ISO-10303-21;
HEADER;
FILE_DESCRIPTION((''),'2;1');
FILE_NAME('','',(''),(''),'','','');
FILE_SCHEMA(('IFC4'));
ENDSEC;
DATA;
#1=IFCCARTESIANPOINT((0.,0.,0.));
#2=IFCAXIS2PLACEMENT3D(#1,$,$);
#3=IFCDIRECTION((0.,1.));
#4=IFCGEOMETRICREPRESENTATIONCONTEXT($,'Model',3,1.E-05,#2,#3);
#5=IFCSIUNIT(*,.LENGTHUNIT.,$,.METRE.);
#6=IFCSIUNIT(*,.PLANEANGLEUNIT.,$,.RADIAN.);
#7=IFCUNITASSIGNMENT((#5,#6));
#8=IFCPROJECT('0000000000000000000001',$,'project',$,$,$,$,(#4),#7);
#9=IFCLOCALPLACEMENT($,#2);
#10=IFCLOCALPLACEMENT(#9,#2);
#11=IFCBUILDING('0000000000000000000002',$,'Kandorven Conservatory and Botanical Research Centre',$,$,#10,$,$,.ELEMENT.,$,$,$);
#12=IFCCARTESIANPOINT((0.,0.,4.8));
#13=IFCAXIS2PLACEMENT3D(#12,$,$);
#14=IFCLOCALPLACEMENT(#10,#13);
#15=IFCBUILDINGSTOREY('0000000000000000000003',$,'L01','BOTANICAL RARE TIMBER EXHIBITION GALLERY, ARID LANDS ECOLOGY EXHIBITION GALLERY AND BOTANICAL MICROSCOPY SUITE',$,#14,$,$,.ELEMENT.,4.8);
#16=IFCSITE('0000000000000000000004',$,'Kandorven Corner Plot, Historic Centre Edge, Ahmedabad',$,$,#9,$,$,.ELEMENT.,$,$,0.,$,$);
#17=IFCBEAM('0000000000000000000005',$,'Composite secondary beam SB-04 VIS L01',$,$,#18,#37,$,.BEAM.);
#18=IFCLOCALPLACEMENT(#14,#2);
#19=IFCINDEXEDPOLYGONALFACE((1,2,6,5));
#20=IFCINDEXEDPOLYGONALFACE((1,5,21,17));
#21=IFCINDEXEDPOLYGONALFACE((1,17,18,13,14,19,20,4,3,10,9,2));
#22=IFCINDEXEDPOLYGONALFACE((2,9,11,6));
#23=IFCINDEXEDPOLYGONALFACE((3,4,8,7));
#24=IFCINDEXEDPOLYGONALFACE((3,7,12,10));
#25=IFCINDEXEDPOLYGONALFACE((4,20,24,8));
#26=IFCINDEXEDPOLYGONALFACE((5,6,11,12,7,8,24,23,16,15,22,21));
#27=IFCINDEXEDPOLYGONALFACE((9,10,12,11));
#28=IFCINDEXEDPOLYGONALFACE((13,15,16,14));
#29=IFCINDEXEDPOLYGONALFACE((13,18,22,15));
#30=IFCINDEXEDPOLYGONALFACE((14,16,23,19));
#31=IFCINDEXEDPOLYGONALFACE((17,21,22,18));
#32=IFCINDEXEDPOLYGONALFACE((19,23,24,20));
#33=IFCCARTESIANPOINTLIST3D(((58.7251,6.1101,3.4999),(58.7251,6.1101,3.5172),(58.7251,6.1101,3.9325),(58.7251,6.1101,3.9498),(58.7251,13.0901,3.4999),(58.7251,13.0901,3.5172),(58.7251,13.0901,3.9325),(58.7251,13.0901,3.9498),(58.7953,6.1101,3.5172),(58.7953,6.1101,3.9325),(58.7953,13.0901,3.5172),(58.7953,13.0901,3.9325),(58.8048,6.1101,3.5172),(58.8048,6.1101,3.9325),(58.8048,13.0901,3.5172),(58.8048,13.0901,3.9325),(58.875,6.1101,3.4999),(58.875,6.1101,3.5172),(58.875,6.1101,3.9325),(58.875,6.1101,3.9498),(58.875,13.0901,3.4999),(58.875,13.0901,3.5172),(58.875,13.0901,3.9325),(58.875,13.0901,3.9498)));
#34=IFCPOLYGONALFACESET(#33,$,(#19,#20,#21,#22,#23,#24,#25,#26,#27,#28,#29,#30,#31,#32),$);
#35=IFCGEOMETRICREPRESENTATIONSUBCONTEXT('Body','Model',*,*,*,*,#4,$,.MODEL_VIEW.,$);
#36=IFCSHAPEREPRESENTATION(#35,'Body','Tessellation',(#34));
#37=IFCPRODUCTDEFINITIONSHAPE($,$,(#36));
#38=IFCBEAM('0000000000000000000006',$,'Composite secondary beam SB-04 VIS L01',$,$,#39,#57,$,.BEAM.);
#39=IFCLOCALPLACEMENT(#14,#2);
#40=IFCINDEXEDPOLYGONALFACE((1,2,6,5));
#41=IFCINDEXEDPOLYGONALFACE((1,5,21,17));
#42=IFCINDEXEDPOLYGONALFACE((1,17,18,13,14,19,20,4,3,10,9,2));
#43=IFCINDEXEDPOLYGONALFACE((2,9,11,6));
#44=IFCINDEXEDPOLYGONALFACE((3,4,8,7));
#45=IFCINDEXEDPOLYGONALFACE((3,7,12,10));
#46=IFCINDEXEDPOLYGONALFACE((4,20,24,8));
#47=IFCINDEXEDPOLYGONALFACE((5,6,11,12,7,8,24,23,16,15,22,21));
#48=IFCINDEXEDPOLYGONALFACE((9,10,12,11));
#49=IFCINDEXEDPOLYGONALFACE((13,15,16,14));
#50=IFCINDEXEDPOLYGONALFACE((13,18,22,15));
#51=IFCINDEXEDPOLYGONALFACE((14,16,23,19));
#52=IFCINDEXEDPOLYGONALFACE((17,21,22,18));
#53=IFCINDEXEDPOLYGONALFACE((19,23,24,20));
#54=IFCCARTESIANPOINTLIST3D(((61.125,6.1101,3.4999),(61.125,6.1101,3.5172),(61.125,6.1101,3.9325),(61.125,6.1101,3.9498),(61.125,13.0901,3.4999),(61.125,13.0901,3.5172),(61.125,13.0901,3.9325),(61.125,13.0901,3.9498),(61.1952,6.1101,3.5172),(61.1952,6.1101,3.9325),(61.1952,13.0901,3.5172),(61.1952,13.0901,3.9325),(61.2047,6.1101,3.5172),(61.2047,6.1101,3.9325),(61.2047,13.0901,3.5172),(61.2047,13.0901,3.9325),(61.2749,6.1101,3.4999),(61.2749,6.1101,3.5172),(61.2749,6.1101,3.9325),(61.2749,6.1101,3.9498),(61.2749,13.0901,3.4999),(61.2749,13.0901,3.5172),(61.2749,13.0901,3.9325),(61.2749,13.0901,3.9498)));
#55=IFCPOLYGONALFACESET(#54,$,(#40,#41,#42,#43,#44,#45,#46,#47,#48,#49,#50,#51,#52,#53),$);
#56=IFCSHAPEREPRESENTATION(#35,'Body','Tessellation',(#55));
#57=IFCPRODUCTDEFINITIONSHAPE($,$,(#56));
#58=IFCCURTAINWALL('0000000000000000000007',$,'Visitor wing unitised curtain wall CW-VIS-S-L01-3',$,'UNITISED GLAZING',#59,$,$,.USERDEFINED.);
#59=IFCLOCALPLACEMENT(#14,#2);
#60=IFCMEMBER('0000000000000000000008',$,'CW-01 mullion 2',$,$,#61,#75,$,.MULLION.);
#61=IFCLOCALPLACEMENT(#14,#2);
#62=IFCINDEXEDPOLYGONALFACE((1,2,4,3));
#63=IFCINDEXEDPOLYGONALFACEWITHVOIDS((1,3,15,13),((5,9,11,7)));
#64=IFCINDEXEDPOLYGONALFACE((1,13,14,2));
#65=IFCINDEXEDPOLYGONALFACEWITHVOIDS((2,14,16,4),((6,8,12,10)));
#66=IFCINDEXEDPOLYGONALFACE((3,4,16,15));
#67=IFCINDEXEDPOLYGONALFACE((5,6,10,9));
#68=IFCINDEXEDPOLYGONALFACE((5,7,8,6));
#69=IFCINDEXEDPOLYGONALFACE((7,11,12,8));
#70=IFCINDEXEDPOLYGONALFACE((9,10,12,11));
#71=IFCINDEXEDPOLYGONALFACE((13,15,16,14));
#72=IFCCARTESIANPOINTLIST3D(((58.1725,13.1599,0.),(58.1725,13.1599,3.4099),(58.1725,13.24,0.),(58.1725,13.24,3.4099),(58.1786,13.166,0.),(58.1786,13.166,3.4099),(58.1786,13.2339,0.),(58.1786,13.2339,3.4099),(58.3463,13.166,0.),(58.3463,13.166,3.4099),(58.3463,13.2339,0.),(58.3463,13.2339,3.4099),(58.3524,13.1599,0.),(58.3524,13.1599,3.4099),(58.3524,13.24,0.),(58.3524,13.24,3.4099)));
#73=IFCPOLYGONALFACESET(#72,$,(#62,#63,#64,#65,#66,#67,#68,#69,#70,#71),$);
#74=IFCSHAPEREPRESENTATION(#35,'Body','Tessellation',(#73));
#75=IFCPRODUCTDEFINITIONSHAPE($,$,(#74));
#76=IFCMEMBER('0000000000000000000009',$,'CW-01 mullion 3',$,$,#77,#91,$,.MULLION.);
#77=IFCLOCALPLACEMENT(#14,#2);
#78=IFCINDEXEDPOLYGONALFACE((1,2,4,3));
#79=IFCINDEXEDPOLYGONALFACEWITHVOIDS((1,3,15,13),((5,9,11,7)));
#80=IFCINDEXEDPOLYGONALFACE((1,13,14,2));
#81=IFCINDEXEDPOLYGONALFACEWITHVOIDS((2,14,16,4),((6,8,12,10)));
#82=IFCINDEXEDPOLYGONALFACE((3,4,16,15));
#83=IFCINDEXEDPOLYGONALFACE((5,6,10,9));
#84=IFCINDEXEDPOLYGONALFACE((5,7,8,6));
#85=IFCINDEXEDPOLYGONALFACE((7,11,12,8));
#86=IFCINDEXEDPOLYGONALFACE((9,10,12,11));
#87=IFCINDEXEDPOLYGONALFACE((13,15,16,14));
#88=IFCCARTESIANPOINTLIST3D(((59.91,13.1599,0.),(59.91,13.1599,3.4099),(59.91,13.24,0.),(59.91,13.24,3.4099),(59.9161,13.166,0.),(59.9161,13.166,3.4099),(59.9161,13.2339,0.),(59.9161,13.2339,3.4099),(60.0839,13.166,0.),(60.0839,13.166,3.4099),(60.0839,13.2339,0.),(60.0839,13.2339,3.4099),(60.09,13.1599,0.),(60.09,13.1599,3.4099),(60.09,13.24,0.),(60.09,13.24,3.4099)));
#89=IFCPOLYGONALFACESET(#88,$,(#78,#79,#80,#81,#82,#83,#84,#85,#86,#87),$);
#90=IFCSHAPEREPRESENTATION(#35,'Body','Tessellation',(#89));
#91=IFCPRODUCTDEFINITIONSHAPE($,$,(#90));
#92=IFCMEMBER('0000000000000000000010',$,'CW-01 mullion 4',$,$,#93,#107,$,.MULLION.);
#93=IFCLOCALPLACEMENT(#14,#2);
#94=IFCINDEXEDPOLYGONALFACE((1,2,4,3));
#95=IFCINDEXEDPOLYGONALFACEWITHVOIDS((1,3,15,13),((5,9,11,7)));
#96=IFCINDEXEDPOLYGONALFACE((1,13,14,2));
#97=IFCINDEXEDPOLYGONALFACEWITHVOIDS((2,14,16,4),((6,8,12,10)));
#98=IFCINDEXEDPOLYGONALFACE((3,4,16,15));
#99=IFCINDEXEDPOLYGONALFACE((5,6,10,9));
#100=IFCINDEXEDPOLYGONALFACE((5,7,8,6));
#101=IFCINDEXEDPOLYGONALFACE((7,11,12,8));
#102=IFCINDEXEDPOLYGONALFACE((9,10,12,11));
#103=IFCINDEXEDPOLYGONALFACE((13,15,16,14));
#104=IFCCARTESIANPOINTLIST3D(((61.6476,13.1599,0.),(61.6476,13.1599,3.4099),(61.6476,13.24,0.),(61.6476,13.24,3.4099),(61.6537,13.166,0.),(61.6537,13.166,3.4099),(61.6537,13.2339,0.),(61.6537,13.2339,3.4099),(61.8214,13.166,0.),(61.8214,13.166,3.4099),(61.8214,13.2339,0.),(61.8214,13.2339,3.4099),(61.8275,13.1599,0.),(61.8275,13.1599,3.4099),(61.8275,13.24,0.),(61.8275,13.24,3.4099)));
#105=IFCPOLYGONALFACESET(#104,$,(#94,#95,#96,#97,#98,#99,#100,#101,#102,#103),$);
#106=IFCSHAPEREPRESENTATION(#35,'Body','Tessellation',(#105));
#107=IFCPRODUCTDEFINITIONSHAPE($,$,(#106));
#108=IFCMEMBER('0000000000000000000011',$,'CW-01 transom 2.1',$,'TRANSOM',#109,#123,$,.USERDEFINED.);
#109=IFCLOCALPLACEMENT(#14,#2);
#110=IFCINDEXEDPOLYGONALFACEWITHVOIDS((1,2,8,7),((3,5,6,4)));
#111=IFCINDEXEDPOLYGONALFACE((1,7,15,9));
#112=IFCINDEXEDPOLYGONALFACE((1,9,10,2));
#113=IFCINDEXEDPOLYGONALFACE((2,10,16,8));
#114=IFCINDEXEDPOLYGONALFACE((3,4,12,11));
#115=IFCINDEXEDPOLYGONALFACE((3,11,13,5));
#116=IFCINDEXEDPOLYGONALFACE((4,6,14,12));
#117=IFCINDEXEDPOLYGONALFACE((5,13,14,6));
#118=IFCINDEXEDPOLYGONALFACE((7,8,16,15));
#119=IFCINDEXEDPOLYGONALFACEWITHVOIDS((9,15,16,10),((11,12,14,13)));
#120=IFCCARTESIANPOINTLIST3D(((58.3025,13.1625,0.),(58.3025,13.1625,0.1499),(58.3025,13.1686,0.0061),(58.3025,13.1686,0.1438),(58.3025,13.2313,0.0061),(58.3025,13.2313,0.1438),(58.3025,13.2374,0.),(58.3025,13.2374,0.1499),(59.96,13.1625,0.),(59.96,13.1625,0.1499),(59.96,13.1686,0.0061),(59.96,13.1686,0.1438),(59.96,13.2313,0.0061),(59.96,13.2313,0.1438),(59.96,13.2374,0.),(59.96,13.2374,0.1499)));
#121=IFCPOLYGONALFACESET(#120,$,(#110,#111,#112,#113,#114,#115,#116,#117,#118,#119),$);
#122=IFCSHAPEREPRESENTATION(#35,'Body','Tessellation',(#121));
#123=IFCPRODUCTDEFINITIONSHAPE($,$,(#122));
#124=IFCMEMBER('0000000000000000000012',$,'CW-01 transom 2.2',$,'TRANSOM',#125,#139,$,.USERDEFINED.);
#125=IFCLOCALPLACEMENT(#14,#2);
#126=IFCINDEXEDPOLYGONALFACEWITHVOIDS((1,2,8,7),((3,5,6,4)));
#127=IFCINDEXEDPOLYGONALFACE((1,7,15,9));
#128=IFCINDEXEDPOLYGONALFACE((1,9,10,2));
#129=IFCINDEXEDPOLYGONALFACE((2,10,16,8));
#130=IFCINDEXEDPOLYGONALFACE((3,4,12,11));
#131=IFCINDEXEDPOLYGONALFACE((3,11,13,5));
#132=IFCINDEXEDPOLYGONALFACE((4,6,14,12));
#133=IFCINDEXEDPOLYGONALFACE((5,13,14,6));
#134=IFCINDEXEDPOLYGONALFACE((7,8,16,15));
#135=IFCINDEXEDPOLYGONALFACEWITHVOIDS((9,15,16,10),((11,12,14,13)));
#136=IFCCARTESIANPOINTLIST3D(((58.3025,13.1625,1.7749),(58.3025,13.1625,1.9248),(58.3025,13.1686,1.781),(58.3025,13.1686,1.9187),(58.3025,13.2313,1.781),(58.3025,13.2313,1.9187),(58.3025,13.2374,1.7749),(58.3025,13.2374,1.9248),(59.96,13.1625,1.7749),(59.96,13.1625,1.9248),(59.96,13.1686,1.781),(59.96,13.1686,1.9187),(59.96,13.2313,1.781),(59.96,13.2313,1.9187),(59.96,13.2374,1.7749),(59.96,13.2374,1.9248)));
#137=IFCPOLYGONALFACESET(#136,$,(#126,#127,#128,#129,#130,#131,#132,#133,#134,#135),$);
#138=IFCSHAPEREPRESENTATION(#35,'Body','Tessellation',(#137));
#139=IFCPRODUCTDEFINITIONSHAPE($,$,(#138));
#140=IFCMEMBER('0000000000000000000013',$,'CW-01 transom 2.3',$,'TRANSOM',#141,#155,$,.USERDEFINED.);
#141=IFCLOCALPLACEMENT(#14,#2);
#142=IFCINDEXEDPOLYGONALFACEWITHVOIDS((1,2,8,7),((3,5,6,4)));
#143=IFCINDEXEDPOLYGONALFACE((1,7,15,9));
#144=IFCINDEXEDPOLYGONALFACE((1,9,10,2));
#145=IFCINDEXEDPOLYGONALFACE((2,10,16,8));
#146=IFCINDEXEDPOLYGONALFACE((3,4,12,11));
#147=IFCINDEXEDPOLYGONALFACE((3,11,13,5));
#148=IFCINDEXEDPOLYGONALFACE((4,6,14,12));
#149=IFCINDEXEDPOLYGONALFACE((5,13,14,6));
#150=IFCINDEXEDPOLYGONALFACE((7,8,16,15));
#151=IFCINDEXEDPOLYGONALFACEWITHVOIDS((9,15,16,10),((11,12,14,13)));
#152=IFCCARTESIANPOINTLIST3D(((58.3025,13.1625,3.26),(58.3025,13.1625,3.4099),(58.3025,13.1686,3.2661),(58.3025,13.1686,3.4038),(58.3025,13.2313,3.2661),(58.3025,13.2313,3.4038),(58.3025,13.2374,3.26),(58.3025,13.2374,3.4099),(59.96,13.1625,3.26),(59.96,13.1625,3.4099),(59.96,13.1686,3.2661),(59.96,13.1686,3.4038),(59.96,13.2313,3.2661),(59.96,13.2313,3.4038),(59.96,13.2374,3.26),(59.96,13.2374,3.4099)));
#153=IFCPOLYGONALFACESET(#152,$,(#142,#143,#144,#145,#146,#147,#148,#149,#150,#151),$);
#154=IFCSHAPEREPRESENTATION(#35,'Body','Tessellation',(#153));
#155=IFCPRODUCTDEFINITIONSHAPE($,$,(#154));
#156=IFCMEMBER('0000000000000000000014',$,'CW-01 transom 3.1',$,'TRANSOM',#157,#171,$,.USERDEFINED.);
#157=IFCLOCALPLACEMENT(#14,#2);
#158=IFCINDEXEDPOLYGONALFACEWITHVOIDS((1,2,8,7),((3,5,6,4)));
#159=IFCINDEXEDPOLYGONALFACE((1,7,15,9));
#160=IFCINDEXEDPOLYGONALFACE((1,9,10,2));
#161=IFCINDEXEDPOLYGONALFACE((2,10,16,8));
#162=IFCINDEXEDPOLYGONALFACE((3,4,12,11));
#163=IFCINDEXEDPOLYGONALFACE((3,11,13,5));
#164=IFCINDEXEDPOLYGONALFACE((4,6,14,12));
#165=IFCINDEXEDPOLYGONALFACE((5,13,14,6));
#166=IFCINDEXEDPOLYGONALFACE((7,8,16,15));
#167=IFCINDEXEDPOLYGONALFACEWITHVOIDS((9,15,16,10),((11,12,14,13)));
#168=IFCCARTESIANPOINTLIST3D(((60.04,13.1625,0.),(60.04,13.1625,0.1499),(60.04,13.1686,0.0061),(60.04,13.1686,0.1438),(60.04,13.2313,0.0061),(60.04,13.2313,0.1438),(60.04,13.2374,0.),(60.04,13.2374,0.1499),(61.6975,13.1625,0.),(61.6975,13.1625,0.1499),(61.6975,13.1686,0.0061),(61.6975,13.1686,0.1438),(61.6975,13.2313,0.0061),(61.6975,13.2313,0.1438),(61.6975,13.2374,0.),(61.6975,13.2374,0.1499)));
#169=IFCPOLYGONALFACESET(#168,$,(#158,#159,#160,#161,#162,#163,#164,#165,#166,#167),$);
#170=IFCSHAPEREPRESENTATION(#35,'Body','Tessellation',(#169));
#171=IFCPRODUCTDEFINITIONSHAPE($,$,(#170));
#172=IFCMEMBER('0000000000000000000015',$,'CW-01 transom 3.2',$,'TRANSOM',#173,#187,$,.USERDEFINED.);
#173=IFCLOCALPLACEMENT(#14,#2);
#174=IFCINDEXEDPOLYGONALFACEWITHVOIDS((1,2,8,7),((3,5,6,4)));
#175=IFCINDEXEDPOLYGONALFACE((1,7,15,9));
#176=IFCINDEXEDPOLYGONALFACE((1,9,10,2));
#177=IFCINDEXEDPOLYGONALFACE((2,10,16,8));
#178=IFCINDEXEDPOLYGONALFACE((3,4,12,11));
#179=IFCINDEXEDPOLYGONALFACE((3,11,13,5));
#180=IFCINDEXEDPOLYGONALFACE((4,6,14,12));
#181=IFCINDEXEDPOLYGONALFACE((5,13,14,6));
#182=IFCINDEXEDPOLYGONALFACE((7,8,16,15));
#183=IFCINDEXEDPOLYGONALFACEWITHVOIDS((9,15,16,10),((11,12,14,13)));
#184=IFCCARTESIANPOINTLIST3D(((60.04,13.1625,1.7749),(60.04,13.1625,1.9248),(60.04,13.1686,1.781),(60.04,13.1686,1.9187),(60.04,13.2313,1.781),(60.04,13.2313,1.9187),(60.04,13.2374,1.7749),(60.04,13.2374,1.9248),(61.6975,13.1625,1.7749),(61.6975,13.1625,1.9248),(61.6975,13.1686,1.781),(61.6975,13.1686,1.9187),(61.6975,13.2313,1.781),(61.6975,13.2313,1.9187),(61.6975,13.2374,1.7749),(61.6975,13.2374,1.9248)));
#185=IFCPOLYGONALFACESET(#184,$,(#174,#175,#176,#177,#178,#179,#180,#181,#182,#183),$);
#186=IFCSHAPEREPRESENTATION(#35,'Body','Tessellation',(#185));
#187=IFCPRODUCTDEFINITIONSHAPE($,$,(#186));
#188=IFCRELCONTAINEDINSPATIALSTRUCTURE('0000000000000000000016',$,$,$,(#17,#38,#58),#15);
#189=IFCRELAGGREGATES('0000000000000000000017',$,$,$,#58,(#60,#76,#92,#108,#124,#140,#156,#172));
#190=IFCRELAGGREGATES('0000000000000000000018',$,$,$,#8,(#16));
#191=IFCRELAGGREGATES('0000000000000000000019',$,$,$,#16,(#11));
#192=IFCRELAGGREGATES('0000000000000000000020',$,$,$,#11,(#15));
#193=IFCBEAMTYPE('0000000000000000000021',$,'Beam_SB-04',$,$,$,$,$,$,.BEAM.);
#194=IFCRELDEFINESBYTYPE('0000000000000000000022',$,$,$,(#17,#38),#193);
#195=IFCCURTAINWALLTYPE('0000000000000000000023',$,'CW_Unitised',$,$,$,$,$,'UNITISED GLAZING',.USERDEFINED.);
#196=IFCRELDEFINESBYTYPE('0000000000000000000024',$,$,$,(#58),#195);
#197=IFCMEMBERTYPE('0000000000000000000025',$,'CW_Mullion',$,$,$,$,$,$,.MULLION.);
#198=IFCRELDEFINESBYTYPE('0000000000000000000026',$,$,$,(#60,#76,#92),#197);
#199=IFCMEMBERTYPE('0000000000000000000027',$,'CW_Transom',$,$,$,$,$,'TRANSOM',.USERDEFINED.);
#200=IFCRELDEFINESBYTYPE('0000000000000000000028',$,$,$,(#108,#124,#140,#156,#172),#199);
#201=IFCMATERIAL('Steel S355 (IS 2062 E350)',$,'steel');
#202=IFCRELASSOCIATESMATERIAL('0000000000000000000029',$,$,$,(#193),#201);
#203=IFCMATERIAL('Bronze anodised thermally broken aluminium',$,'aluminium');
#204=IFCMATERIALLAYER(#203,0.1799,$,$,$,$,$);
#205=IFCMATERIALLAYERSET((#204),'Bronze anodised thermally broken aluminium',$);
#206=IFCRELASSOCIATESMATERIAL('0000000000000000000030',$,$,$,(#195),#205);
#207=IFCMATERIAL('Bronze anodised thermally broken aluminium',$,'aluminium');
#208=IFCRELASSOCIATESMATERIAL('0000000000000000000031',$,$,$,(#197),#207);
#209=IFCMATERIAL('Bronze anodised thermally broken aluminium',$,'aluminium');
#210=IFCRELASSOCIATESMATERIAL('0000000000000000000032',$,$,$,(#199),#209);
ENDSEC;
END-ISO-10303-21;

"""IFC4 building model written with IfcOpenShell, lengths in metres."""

from ifc_helpers import new_model, si_unit, direction, frame, origin, origin_2d, place, context, subcontext, project, spatial, hollow_rectangle, i_section, extrude, material, layer, layer_set, material_profile, profile_set, type_object, element, aggregate, save


model = new_model("IFC4")

# Units and contexts
model_context = context("Model", 3, precision=1e-05, world=origin(), true_north=direction((0.0, 1.0)))
body_context = subcontext(model_context, "Body", "Model", "MODEL_VIEW")
ifc_project = project(units=[si_unit("LENGTHUNIT", "METRE"), si_unit("PLANEANGLEUNIT", "RADIAN")], contexts=[model_context])

# Site, building, storey
site_placement = place(None, origin())
site = spatial("IfcSite", under=ifc_project, at=site_placement, Name="Kandorven Corner Plot, Historic Centre Edge, Ahmedabad", CompositionType="ELEMENT", RefElevation=0.0)
building_placement = place(site_placement, origin())
building = spatial("IfcBuilding", under=site, at=building_placement, Name="Kandorven Conservatory and Botanical Research Centre", CompositionType="ELEMENT")
storey_placement = place(building_placement, frame((0.0, 0.0, 4.8)))
storey = spatial("IfcBuildingStorey", under=building, at=storey_placement, Name="L01", Description="BOTANICAL RARE TIMBER EXHIBITION GALLERY, ARID LANDS ECOLOGY EXHIBITION GALLERY AND BOTANICAL MICROSCOPY SUITE", CompositionType="ELEMENT", Elevation=4.8)

# Beams
ifc_material_1 = material(Name="Steel S355 (IS 2062 E350)", Category="steel")
ifc_material_profile_1 = material_profile(ifc_material_1, i_section(OverallWidth=0.1499, OverallDepth=0.45, WebThickness=0.0095, FlangeThickness=0.0173, at=origin_2d()))
ifc_profile_set_1 = profile_set([ifc_material_profile_1], Name="Steel S355 (IS 2062 E350)")
beam_type = type_object("IfcBeamType", Name="Beam_SB-04", PredefinedType="BEAM", material=ifc_profile_set_1)
for number, where, z_axis, x_axis, name in (
    (1, (58.8, 6.1101, 3.7249), (0.0, 1.0, 0.0), (-1.0, 0.0, 0.0), "Composite secondary beam SB-04 VIS L01"),
    (2, (61.2, 6.1101, 3.7249), (0.0, 1.0, 0.0), (-1.0, 0.0, 0.0), "Composite secondary beam SB-04 VIS L01"),
):
    element("IfcBeam", number, at=place(storey_placement, frame(where, z_axis=z_axis, x_axis=x_axis)), inside=storey, type_object=beam_type, Name=name, PredefinedType="BEAM", context=body_context, shape_type="SweptSolid", body=[
        extrude(i_section(OverallWidth=0.1499, OverallDepth=0.45, WebThickness=0.0095, FlangeThickness=0.0173, at=origin_2d()), origin(), (0.0, 0.0, 1.0), 6.98),
    ])

# Curtain wall, members
ifc_material_2 = material(Name="Bronze anodised thermally broken aluminium", Category="aluminium")
ifc_layer_1 = layer(ifc_material_2, 0.1799)
ifc_layer_set_1 = layer_set([ifc_layer_1], Name="Bronze anodised thermally broken aluminium")
curtain_wall_type = type_object("IfcCurtainWallType", Name="CW_Unitised", ElementType="UNITISED GLAZING", PredefinedType="USERDEFINED", material=ifc_layer_set_1)
curtain_wall_placement = place(storey_placement, origin())
curtain_wall = element("IfcCurtainWall", 3, at=curtain_wall_placement, inside=storey, type_object=curtain_wall_type, Name="Visitor wing unitised curtain wall CW-VIS-S-L01-3", ObjectType="UNITISED GLAZING", PredefinedType="USERDEFINED")
ifc_material_3 = material(Name="Bronze anodised thermally broken aluminium", Category="aluminium")
ifc_material_profile_2 = material_profile(ifc_material_3, hollow_rectangle(XDim=0.0801, YDim=0.1799, WallThickness=0.0061, at=origin_2d()))
ifc_profile_set_2 = profile_set([ifc_material_profile_2], Name="Bronze anodised thermally broken aluminium")
member_type_1 = type_object("IfcMemberType", Name="CW_Mullion", PredefinedType="MULLION", material=ifc_profile_set_2)
member_1_placement = place(storey_placement, frame((58.2625, 13.2, 0.0), z_axis=(0.0, 0.0, 1.0), x_axis=(0.0, 1.0, 0.0)))
member_1 = element("IfcMember", 4, at=member_1_placement, type_object=member_type_1, Name="CW-01 mullion 2", PredefinedType="MULLION", context=body_context, shape_type="SweptSolid", body=[
    extrude(hollow_rectangle(XDim=0.0801, YDim=0.1799, WallThickness=0.0061, at=origin_2d()), origin(), (0.0, 0.0, 1.0), 3.4099),
])
member_2_placement = place(storey_placement, frame((60.0, 13.2, 0.0), z_axis=(0.0, 0.0, 1.0), x_axis=(0.0, 1.0, 0.0)))
member_2 = element("IfcMember", 5, at=member_2_placement, type_object=member_type_1, Name="CW-01 mullion 3", PredefinedType="MULLION", context=body_context, shape_type="SweptSolid", body=[
    extrude(hollow_rectangle(XDim=0.0801, YDim=0.1799, WallThickness=0.0061, at=origin_2d()), origin(), (0.0, 0.0, 1.0), 3.4099),
])
member_3_placement = place(storey_placement, frame((61.7375, 13.2, 0.0), z_axis=(0.0, 0.0, 1.0), x_axis=(0.0, 1.0, 0.0)))
member_3 = element("IfcMember", 6, at=member_3_placement, type_object=member_type_1, Name="CW-01 mullion 4", PredefinedType="MULLION", context=body_context, shape_type="SweptSolid", body=[
    extrude(hollow_rectangle(XDim=0.0801, YDim=0.1799, WallThickness=0.0061, at=origin_2d()), origin(), (0.0, 0.0, 1.0), 3.4099),
])
ifc_material_4 = material(Name="Bronze anodised thermally broken aluminium", Category="aluminium")
ifc_material_profile_3 = material_profile(ifc_material_4, hollow_rectangle(XDim=0.075, YDim=0.1499, WallThickness=0.0061, at=origin_2d()))
ifc_profile_set_3 = profile_set([ifc_material_profile_3], Name="Bronze anodised thermally broken aluminium")
member_type_2 = type_object("IfcMemberType", Name="CW_Transom", ElementType="TRANSOM", PredefinedType="USERDEFINED", material=ifc_profile_set_3)
member_4_placement = place(storey_placement, frame((58.3025, 13.2, 0.075), z_axis=(1.0, 0.0, 0.0), x_axis=(0.0, 1.0, 0.0)))
member_4 = element("IfcMember", 7, at=member_4_placement, type_object=member_type_2, Name="CW-01 transom 2.1", ObjectType="TRANSOM", PredefinedType="USERDEFINED", context=body_context, shape_type="SweptSolid", body=[
    extrude(hollow_rectangle(XDim=0.075, YDim=0.1499, WallThickness=0.0061, at=origin_2d()), origin(), (0.0, 0.0, 1.0), 1.6575),
])
member_5_placement = place(storey_placement, frame((58.3025, 13.2, 1.8499), z_axis=(1.0, 0.0, 0.0), x_axis=(0.0, 1.0, 0.0)))
member_5 = element("IfcMember", 8, at=member_5_placement, type_object=member_type_2, Name="CW-01 transom 2.2", ObjectType="TRANSOM", PredefinedType="USERDEFINED", context=body_context, shape_type="SweptSolid", body=[
    extrude(hollow_rectangle(XDim=0.075, YDim=0.1499, WallThickness=0.0061, at=origin_2d()), origin(), (0.0, 0.0, 1.0), 1.6575),
])
member_6_placement = place(storey_placement, frame((58.3025, 13.2, 3.335), z_axis=(1.0, 0.0, 0.0), x_axis=(0.0, 1.0, 0.0)))
member_6 = element("IfcMember", 9, at=member_6_placement, type_object=member_type_2, Name="CW-01 transom 2.3", ObjectType="TRANSOM", PredefinedType="USERDEFINED", context=body_context, shape_type="SweptSolid", body=[
    extrude(hollow_rectangle(XDim=0.075, YDim=0.1499, WallThickness=0.0061, at=origin_2d()), origin(), (0.0, 0.0, 1.0), 1.6575),
])
member_7_placement = place(storey_placement, frame((60.04, 13.2, 0.075), z_axis=(1.0, 0.0, 0.0), x_axis=(0.0, 1.0, 0.0)))
member_7 = element("IfcMember", 10, at=member_7_placement, type_object=member_type_2, Name="CW-01 transom 3.1", ObjectType="TRANSOM", PredefinedType="USERDEFINED", context=body_context, shape_type="SweptSolid", body=[
    extrude(hollow_rectangle(XDim=0.075, YDim=0.1499, WallThickness=0.0061, at=origin_2d()), origin(), (0.0, 0.0, 1.0), 1.6575),
])
member_8_placement = place(storey_placement, frame((60.04, 13.2, 1.8499), z_axis=(1.0, 0.0, 0.0), x_axis=(0.0, 1.0, 0.0)))
member_8 = element("IfcMember", 11, at=member_8_placement, type_object=member_type_2, Name="CW-01 transom 3.2", ObjectType="TRANSOM", PredefinedType="USERDEFINED", context=body_context, shape_type="SweptSolid", body=[
    extrude(hollow_rectangle(XDim=0.075, YDim=0.1499, WallThickness=0.0061, at=origin_2d()), origin(), (0.0, 0.0, 1.0), 1.6575),
])
aggregate(curtain_wall, [member_1, member_2, member_3, member_4, member_5, member_6, member_7, member_8])

save(model, "model.ifc")
